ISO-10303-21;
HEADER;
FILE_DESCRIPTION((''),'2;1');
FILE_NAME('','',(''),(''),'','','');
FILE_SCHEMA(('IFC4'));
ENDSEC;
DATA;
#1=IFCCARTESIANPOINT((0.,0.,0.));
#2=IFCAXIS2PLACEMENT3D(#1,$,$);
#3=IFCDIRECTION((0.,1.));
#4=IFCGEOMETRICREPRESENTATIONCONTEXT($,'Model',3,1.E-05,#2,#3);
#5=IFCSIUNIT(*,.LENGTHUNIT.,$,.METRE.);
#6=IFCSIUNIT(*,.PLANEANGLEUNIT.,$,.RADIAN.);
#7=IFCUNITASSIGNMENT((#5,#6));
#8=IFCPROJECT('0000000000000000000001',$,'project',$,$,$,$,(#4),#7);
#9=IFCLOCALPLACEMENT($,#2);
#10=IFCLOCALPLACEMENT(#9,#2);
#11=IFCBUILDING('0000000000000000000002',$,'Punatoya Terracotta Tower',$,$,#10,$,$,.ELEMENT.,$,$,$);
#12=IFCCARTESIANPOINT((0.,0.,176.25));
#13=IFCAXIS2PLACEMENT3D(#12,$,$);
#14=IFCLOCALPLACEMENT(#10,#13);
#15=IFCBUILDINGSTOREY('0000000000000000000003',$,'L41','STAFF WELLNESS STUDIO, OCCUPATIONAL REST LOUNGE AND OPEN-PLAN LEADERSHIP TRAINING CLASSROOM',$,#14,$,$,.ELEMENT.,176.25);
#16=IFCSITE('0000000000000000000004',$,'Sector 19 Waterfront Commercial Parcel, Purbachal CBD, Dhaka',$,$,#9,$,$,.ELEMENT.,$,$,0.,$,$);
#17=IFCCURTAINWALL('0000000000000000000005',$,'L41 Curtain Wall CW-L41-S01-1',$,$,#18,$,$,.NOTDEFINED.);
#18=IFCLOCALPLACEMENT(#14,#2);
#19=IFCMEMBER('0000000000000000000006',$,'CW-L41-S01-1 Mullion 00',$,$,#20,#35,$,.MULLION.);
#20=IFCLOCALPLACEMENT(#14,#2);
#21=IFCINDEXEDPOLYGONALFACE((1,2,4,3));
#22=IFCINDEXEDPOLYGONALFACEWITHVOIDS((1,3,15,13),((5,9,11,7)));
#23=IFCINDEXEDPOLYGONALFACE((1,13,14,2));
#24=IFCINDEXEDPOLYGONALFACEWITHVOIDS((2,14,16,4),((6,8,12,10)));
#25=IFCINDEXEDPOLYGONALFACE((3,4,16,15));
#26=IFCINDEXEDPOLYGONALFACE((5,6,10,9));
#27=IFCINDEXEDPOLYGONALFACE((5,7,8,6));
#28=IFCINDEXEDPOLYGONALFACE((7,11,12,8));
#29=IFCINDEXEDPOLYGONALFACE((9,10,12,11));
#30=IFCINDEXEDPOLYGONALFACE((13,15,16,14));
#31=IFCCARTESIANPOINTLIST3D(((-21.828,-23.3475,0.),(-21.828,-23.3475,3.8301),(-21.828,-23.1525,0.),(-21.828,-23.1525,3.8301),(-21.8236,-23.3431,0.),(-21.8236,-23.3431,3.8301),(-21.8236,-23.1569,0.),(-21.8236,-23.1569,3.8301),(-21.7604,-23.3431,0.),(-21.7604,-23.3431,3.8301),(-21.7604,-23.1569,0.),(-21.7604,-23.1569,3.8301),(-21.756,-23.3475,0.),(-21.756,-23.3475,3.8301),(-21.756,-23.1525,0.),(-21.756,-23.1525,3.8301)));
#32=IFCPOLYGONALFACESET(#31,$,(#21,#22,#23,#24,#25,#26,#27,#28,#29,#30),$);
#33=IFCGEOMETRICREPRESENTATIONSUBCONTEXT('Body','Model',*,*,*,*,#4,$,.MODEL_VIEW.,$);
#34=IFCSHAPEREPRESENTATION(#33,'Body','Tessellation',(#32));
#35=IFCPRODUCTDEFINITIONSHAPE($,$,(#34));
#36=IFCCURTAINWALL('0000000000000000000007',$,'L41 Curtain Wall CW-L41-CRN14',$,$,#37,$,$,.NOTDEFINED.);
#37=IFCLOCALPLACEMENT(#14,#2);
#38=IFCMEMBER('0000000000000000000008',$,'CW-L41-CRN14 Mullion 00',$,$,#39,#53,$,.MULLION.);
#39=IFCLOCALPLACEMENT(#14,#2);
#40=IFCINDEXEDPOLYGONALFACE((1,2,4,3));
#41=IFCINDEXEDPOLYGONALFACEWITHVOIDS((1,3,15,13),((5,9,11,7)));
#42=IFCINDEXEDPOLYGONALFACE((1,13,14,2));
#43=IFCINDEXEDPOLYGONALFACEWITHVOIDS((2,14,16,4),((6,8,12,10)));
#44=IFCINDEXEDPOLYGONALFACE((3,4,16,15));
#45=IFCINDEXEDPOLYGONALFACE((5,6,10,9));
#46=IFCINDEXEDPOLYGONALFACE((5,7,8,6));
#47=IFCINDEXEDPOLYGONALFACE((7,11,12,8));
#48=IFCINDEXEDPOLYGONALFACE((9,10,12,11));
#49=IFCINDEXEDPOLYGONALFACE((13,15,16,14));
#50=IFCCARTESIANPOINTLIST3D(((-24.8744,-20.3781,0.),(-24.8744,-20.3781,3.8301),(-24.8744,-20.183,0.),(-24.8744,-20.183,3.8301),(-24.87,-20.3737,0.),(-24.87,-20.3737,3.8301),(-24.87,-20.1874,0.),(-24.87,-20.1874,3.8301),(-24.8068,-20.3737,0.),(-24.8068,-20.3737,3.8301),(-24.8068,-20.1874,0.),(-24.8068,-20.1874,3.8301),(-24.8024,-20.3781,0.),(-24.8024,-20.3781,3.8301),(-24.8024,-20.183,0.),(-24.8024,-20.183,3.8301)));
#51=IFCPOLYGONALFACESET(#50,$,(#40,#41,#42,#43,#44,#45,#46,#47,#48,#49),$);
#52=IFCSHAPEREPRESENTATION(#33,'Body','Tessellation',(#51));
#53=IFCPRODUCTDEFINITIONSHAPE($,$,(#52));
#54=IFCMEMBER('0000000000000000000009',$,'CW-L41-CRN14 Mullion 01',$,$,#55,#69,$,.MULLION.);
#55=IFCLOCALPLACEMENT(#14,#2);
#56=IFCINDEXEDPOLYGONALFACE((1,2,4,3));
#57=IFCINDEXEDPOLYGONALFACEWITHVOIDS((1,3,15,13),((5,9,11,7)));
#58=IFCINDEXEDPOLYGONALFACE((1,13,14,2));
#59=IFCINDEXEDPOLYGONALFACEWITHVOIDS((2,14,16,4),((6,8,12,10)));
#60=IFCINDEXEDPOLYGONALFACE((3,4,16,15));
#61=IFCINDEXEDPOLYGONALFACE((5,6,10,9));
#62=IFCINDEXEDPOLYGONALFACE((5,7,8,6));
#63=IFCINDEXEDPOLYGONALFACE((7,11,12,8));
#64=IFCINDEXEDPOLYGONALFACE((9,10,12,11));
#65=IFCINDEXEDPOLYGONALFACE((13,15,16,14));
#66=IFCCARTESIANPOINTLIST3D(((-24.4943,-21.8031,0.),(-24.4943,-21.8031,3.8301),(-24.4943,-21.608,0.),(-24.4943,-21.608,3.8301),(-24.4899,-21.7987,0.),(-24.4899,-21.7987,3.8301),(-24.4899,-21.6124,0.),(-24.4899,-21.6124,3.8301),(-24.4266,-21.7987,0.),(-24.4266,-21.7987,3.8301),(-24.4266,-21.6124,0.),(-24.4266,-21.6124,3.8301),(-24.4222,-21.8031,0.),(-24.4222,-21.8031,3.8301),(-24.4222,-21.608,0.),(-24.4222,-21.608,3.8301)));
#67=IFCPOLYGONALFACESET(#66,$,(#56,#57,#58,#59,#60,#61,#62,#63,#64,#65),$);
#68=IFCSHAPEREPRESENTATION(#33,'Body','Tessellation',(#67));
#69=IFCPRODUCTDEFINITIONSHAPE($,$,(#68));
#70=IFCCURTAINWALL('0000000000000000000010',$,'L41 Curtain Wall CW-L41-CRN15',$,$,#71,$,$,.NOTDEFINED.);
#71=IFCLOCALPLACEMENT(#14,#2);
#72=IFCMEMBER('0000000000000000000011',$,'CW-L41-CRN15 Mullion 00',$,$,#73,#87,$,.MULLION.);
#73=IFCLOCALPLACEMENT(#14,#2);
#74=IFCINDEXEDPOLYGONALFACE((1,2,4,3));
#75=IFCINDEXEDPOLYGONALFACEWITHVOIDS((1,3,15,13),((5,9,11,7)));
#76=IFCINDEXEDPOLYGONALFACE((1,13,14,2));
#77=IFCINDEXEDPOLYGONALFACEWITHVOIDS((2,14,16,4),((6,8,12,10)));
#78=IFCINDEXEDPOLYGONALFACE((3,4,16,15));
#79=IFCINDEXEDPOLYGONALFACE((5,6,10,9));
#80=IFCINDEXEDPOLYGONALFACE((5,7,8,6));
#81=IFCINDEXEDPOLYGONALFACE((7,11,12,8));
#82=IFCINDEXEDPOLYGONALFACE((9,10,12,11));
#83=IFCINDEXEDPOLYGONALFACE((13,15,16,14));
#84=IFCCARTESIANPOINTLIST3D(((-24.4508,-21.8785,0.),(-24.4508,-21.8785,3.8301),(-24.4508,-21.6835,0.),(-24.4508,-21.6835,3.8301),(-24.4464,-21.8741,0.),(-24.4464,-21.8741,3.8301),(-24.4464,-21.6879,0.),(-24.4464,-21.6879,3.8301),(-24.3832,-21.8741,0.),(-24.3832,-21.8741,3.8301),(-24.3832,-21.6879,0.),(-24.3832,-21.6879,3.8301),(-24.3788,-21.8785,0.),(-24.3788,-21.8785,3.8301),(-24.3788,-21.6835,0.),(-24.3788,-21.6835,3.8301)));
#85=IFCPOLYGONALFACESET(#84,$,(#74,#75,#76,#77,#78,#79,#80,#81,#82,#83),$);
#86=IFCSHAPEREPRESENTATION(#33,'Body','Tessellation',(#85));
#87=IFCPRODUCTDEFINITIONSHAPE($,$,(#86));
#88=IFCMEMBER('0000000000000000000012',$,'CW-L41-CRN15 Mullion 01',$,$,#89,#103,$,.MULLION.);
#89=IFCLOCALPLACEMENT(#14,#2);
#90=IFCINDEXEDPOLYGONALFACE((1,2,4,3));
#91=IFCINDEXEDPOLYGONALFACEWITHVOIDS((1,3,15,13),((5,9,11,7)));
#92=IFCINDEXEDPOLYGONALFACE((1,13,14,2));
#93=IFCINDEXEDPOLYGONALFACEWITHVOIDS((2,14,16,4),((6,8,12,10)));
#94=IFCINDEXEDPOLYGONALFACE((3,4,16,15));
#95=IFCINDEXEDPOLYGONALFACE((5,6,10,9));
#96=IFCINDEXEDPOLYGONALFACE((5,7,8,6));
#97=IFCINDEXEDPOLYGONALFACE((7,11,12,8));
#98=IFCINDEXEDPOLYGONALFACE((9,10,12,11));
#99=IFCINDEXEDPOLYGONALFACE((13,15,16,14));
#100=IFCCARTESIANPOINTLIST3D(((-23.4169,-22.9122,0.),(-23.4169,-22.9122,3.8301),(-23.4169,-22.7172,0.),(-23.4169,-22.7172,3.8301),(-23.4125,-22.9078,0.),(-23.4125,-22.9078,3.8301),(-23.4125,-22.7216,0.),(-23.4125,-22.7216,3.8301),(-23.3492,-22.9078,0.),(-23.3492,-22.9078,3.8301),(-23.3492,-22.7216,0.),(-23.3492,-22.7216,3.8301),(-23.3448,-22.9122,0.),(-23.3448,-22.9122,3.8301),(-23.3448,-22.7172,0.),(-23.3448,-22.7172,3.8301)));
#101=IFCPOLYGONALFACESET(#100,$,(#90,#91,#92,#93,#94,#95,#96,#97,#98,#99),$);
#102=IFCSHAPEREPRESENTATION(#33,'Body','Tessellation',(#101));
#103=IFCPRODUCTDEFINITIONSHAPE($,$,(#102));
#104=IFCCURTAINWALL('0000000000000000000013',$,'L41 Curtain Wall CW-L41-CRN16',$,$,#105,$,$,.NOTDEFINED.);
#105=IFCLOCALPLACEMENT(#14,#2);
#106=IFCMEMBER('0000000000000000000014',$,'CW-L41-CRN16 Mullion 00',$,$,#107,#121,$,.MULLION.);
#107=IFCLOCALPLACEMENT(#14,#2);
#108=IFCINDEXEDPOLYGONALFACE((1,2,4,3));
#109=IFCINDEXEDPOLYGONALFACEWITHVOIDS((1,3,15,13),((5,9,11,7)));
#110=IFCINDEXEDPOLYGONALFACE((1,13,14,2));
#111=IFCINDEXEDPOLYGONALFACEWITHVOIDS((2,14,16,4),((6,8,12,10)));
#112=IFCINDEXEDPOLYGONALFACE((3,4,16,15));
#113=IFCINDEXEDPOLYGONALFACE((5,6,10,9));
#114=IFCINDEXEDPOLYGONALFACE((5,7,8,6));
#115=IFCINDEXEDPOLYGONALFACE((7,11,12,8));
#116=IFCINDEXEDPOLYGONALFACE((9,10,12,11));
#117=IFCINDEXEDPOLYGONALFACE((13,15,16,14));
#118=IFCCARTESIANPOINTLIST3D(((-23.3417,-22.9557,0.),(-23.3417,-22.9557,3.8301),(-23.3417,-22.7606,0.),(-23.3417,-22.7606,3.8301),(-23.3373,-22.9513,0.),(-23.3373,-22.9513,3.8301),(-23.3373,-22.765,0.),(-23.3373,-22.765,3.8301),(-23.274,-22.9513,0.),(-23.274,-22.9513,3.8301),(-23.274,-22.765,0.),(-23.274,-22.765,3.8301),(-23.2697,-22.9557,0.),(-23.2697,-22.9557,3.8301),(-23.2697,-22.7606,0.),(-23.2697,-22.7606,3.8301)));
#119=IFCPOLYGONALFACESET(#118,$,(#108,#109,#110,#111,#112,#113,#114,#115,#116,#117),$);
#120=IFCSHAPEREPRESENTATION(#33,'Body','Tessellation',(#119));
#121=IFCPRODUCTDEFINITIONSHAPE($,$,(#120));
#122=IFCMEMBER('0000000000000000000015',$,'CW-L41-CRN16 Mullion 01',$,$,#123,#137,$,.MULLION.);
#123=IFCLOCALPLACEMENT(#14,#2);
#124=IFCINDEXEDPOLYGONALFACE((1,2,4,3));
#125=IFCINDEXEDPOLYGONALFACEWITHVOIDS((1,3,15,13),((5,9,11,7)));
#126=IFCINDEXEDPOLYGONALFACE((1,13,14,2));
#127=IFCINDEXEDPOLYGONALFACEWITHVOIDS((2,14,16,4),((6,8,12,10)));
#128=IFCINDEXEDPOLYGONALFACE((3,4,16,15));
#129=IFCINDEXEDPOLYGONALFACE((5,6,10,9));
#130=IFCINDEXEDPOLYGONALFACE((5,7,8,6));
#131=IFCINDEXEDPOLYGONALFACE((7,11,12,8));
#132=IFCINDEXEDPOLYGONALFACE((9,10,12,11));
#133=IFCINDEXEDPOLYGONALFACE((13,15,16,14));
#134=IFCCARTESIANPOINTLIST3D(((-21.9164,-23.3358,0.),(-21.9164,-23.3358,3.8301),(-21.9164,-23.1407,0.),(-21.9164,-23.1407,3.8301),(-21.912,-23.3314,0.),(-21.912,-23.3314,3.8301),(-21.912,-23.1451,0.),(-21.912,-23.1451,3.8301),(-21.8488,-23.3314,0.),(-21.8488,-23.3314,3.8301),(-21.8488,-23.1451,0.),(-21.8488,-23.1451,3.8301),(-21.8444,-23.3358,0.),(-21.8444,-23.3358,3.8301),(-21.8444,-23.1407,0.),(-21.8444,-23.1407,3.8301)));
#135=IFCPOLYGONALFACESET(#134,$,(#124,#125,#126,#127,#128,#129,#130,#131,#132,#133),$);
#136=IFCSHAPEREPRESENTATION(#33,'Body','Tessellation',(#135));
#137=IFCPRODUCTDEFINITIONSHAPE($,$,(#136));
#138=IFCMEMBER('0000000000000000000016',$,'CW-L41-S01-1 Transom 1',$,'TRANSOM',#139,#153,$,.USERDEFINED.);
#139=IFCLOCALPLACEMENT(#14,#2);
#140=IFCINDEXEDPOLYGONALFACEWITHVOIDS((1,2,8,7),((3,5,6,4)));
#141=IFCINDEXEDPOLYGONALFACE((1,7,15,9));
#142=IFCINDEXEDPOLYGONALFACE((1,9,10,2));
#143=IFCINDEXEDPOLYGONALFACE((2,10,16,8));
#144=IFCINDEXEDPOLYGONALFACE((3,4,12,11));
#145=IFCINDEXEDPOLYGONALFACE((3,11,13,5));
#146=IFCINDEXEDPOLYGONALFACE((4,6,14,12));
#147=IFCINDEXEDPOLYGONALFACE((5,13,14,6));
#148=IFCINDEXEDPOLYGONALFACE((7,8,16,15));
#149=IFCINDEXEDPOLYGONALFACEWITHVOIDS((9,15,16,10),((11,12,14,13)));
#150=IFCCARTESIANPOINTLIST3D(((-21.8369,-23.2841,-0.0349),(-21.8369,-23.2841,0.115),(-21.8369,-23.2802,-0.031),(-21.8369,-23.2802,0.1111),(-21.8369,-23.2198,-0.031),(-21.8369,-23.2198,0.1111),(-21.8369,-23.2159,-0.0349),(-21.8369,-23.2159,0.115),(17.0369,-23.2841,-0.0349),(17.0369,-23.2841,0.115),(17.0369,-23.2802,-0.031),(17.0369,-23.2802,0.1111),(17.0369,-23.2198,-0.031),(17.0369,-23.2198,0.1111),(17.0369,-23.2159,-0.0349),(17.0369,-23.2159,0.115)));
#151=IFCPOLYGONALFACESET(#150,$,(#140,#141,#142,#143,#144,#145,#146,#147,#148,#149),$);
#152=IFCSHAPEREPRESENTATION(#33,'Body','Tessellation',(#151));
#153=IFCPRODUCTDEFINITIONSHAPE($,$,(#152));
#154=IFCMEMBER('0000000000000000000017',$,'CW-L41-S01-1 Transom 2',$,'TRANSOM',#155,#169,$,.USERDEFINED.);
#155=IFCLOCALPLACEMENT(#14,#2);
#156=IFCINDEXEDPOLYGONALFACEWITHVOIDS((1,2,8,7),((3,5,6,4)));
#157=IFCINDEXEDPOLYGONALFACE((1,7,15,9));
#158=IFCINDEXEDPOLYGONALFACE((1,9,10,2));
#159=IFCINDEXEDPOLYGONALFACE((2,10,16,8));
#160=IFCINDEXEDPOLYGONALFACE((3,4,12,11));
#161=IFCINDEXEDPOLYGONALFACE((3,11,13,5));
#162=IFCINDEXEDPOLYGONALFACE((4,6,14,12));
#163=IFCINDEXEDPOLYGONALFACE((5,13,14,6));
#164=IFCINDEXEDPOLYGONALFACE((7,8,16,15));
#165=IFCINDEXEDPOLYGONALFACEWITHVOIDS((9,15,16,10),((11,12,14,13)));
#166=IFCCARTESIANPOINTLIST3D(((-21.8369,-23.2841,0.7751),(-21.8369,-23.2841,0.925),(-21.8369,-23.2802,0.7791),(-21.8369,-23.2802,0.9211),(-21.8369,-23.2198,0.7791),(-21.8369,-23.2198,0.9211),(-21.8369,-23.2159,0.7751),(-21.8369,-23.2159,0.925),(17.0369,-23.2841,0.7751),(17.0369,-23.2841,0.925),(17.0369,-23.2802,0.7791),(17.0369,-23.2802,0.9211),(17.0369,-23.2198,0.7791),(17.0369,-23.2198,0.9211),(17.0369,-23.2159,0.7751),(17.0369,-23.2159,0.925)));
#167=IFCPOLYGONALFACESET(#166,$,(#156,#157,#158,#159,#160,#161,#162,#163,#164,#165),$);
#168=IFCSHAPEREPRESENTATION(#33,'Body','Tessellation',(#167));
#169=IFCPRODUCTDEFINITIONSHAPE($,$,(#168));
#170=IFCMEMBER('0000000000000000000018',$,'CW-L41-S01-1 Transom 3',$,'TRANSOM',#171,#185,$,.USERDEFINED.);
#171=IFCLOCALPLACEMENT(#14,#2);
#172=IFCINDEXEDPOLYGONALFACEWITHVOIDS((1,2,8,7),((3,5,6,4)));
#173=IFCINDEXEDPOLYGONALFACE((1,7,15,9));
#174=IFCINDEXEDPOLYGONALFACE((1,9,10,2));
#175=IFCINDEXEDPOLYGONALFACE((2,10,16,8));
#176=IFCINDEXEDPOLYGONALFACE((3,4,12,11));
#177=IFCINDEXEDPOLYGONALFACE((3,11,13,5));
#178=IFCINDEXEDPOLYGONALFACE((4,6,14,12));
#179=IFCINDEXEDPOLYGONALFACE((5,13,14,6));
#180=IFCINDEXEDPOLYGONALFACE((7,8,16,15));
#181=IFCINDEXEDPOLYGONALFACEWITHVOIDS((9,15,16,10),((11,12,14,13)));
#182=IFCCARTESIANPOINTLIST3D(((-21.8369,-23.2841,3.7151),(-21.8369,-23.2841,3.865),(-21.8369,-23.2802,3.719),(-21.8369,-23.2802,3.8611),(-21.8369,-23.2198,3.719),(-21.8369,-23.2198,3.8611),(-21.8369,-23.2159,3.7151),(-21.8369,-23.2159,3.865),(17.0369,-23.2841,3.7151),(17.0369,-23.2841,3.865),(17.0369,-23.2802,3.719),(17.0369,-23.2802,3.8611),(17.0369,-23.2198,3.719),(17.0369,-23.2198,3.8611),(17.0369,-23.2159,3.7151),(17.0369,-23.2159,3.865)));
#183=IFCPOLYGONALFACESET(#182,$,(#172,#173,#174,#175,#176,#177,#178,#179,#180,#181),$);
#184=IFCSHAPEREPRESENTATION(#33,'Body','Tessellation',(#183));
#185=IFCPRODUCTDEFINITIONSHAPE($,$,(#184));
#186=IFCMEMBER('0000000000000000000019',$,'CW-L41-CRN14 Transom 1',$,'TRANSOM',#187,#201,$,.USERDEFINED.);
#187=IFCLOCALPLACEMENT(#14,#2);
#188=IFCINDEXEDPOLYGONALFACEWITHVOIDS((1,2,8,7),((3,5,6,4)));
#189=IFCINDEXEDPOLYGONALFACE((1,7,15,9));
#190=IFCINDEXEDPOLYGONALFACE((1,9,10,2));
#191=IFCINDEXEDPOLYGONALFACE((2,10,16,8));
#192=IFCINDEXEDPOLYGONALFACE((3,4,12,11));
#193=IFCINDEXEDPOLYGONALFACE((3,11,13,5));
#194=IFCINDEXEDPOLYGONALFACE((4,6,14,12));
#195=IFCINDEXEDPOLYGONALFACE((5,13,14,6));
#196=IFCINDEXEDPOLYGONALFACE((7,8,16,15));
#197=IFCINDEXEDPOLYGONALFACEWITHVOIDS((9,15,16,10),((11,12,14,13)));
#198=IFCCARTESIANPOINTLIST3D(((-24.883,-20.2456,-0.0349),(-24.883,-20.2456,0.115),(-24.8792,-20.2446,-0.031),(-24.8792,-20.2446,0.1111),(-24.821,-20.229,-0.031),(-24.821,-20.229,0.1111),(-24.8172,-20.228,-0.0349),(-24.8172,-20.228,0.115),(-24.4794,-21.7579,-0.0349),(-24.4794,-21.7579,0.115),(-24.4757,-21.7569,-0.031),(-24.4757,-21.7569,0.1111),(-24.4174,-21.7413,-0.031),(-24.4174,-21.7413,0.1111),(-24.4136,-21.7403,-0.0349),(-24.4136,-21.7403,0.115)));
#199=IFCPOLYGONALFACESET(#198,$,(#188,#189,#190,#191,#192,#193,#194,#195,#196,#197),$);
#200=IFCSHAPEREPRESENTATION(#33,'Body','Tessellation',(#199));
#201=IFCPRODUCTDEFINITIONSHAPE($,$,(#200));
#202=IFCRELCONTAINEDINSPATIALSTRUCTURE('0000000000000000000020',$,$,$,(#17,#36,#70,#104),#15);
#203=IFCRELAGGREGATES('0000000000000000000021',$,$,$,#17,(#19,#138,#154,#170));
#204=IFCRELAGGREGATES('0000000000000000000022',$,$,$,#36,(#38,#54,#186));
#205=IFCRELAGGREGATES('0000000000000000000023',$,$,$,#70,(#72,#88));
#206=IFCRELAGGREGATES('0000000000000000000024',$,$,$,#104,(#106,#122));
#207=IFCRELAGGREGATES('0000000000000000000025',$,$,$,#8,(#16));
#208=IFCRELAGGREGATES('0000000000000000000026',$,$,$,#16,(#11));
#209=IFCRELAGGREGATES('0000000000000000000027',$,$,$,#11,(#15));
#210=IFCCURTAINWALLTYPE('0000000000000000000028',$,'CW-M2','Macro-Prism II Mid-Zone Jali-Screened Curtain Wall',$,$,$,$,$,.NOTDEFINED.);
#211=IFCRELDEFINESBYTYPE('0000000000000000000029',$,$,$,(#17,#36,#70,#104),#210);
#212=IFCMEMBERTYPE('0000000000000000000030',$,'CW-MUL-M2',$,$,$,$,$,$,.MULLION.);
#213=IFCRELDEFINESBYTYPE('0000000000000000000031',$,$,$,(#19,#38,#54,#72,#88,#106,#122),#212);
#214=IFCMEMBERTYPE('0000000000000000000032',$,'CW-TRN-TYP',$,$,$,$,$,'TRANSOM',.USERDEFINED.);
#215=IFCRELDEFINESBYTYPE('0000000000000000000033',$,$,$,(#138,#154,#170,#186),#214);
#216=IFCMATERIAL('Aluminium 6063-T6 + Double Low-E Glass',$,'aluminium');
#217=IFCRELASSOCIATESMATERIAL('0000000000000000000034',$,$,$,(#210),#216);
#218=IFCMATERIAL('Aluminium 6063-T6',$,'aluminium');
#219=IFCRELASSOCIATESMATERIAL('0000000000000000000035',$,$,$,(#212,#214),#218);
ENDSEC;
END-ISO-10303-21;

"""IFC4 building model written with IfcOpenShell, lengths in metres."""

from ifc_helpers import new_model, si_unit, direction, frame, origin, origin_2d, place, context, subcontext, project, spatial, hollow_rectangle, extrude, material, material_profile, profile_set, type_object, element, aggregate, save


model = new_model("IFC4")

# Units and contexts
model_context = context("Model", 3, precision=1e-05, world=origin(), true_north=direction((0.0, 1.0)))
body_context = subcontext(model_context, "Body", "Model", "MODEL_VIEW")
ifc_project = project(units=[si_unit("LENGTHUNIT", "METRE"), si_unit("PLANEANGLEUNIT", "RADIAN")], contexts=[model_context])

# Site, building, storey
site_placement = place(None, origin())
site = spatial("IfcSite", under=ifc_project, at=site_placement, Name="Sector 19 Waterfront Commercial Parcel, Purbachal CBD, Dhaka", CompositionType="ELEMENT", RefElevation=0.0)
building_placement = place(site_placement, origin())
building = spatial("IfcBuilding", under=site, at=building_placement, Name="Punatoya Terracotta Tower", CompositionType="ELEMENT")
storey_placement = place(building_placement, frame((0.0, 0.0, 176.25)))
storey = spatial("IfcBuildingStorey", under=building, at=storey_placement, Name="L41", Description="STAFF WELLNESS STUDIO, OCCUPATIONAL REST LOUNGE AND OPEN-PLAN LEADERSHIP TRAINING CLASSROOM", CompositionType="ELEMENT", Elevation=176.25)

# Curtain wall, member
ifc_material_1 = material(Name="Aluminium 6063-T6 + Double Low-E Glass", Category="aluminium")
curtain_wall_type = type_object("IfcCurtainWallType", Name="CW-M2", Description="Macro-Prism II Mid-Zone Jali-Screened Curtain Wall", PredefinedType="NOTDEFINED", material=ifc_material_1)
curtain_wall_1_placement = place(storey_placement, origin())
curtain_wall_1 = element("IfcCurtainWall", 1, at=curtain_wall_1_placement, inside=storey, type_object=curtain_wall_type, Name="L41 Curtain Wall CW-L41-S01-1", PredefinedType="NOTDEFINED")
ifc_material_2 = material(Name="Aluminium 6063-T6", Category="aluminium")
ifc_material_profile_1 = material_profile(ifc_material_2, hollow_rectangle(XDim=0.072, YDim=0.1951, WallThickness=0.0044, at=origin_2d()))
ifc_profile_set_1 = profile_set([ifc_material_profile_1], Name="Aluminium 6063-T6")
member_type_1 = type_object("IfcMemberType", Name="CW-MUL-M2", PredefinedType="MULLION", material=ifc_profile_set_1)
member_1_placement = place(storey_placement, frame((-21.792, -23.25, 0.0), z_axis=(0.0, 0.0, 1.0), x_axis=(1.0, 0.0, 0.0)))
member_1 = element("IfcMember", 2, at=member_1_placement, type_object=member_type_1, Name="CW-L41-S01-1 Mullion 00", PredefinedType="MULLION", context=body_context, shape_type="SweptSolid", body=[
    extrude(hollow_rectangle(XDim=0.072, YDim=0.1951, WallThickness=0.0044, at=origin_2d()), origin(), (0.0, 0.0, 1.0), 3.8301),
])

# Curtain walls, members
curtain_wall_2_placement = place(storey_placement, origin())
curtain_wall_2 = element("IfcCurtainWall", 3, at=curtain_wall_2_placement, inside=storey, type_object=curtain_wall_type, Name="L41 Curtain Wall CW-L41-CRN14", PredefinedType="NOTDEFINED")
member_2_placement = place(storey_placement, frame((-24.8384, -20.2805, 0.0), z_axis=(0.0, 0.0, 1.0), x_axis=(1.0, 0.0, 0.0)))
member_2 = element("IfcMember", 4, at=member_2_placement, type_object=member_type_1, Name="CW-L41-CRN14 Mullion 00", PredefinedType="MULLION", context=body_context, shape_type="SweptSolid", body=[
    extrude(hollow_rectangle(XDim=0.072, YDim=0.1951, WallThickness=0.0044, at=origin_2d()), origin(), (0.0, 0.0, 1.0), 3.8301),
])
member_3_placement = place(storey_placement, frame((-24.4583, -21.7056, 0.0), z_axis=(0.0, 0.0, 1.0), x_axis=(1.0, 0.0, 0.0)))
member_3 = element("IfcMember", 5, at=member_3_placement, type_object=member_type_1, Name="CW-L41-CRN14 Mullion 01", PredefinedType="MULLION", context=body_context, shape_type="SweptSolid", body=[
    extrude(hollow_rectangle(XDim=0.072, YDim=0.1951, WallThickness=0.0044, at=origin_2d()), origin(), (0.0, 0.0, 1.0), 3.8301),
])
curtain_wall_3_placement = place(storey_placement, origin())
curtain_wall_3 = element("IfcCurtainWall", 6, at=curtain_wall_3_placement, inside=storey, type_object=curtain_wall_type, Name="L41 Curtain Wall CW-L41-CRN15", PredefinedType="NOTDEFINED")
member_4_placement = place(storey_placement, frame((-24.4148, -21.781, 0.0), z_axis=(0.0, 0.0, 1.0), x_axis=(1.0, 0.0, 0.0)))
member_4 = element("IfcMember", 7, at=member_4_placement, type_object=member_type_1, Name="CW-L41-CRN15 Mullion 00", PredefinedType="MULLION", context=body_context, shape_type="SweptSolid", body=[
    extrude(hollow_rectangle(XDim=0.072, YDim=0.1951, WallThickness=0.0044, at=origin_2d()), origin(), (0.0, 0.0, 1.0), 3.8301),
])
member_5_placement = place(storey_placement, frame((-23.3809, -22.8147, 0.0), z_axis=(0.0, 0.0, 1.0), x_axis=(1.0, 0.0, 0.0)))
member_5 = element("IfcMember", 8, at=member_5_placement, type_object=member_type_1, Name="CW-L41-CRN15 Mullion 01", PredefinedType="MULLION", context=body_context, shape_type="SweptSolid", body=[
    extrude(hollow_rectangle(XDim=0.072, YDim=0.1951, WallThickness=0.0044, at=origin_2d()), origin(), (0.0, 0.0, 1.0), 3.8301),
])
curtain_wall_4_placement = place(storey_placement, origin())
curtain_wall_4 = element("IfcCurtainWall", 9, at=curtain_wall_4_placement, inside=storey, type_object=curtain_wall_type, Name="L41 Curtain Wall CW-L41-CRN16", PredefinedType="NOTDEFINED")
member_6_placement = place(storey_placement, frame((-23.3057, -22.8582, 0.0), z_axis=(0.0, 0.0, 1.0), x_axis=(1.0, 0.0, 0.0)))
member_6 = element("IfcMember", 10, at=member_6_placement, type_object=member_type_1, Name="CW-L41-CRN16 Mullion 00", PredefinedType="MULLION", context=body_context, shape_type="SweptSolid", body=[
    extrude(hollow_rectangle(XDim=0.072, YDim=0.1951, WallThickness=0.0044, at=origin_2d()), origin(), (0.0, 0.0, 1.0), 3.8301),
])
member_7_placement = place(storey_placement, frame((-21.8804, -23.2383, 0.0), z_axis=(0.0, 0.0, 1.0), x_axis=(1.0, 0.0, 0.0)))
member_7 = element("IfcMember", 11, at=member_7_placement, type_object=member_type_1, Name="CW-L41-CRN16 Mullion 01", PredefinedType="MULLION", context=body_context, shape_type="SweptSolid", body=[
    extrude(hollow_rectangle(XDim=0.072, YDim=0.1951, WallThickness=0.0044, at=origin_2d()), origin(), (0.0, 0.0, 1.0), 3.8301),
])

# Members
ifc_material_profile_2 = material_profile(ifc_material_2, hollow_rectangle(XDim=0.0681, YDim=0.1499, WallThickness=0.0039, at=origin_2d()))
ifc_profile_set_2 = profile_set([ifc_material_profile_2], Name="Aluminium 6063-T6")
member_type_2 = type_object("IfcMemberType", Name="CW-TRN-TYP", ElementType="TRANSOM", PredefinedType="USERDEFINED", material=ifc_profile_set_2)
member_8_placement = place(storey_placement, frame((-21.8369, -23.25, 0.04), z_axis=(1.0, 0.0, 0.0), x_axis=(0.0, 1.0, 0.0)))
member_8 = element("IfcMember", 12, at=member_8_placement, type_object=member_type_2, Name="CW-L41-S01-1 Transom 1", ObjectType="TRANSOM", PredefinedType="USERDEFINED", context=body_context, shape_type="SweptSolid", body=[
    extrude(hollow_rectangle(XDim=0.0681, YDim=0.1499, WallThickness=0.0039, at=origin_2d()), origin(), (0.0, 0.0, 1.0), 38.8738),
])
member_9_placement = place(storey_placement, frame((-21.8369, -23.25, 0.8501), z_axis=(1.0, 0.0, 0.0), x_axis=(0.0, 1.0, 0.0)))
member_9 = element("IfcMember", 13, at=member_9_placement, type_object=member_type_2, Name="CW-L41-S01-1 Transom 2", ObjectType="TRANSOM", PredefinedType="USERDEFINED", context=body_context, shape_type="SweptSolid", body=[
    extrude(hollow_rectangle(XDim=0.0681, YDim=0.1499, WallThickness=0.0039, at=origin_2d()), origin(), (0.0, 0.0, 1.0), 38.8738),
])
member_10_placement = place(storey_placement, frame((-21.8369, -23.25, 3.79), z_axis=(1.0, 0.0, 0.0), x_axis=(0.0, 1.0, 0.0)))
member_10 = element("IfcMember", 14, at=member_10_placement, type_object=member_type_2, Name="CW-L41-S01-1 Transom 3", ObjectType="TRANSOM", PredefinedType="USERDEFINED", context=body_context, shape_type="SweptSolid", body=[
    extrude(hollow_rectangle(XDim=0.0681, YDim=0.1499, WallThickness=0.0039, at=origin_2d()), origin(), (0.0, 0.0, 1.0), 38.8738),
])
member_11_placement = place(storey_placement, frame((-24.8501, -20.2368, 0.04), z_axis=(0.257847, -0.966186, 0.0), x_axis=(0.966186, 0.257847, 0.0)))
member_11 = element("IfcMember", 15, at=member_11_placement, type_object=member_type_2, Name="CW-L41-CRN14 Transom 1", ObjectType="TRANSOM", PredefinedType="USERDEFINED", context=body_context, shape_type="SweptSolid", body=[
    extrude(hollow_rectangle(XDim=0.0681, YDim=0.1499, WallThickness=0.0039, at=origin_2d()), origin(), (0.0, 0.0, 1.0), 1.5652),
])

aggregate(curtain_wall_1, [member_1, member_8, member_9, member_10])
aggregate(curtain_wall_2, [member_2, member_3, member_11])
aggregate(curtain_wall_3, [member_4, member_5])
aggregate(curtain_wall_4, [member_6, member_7])

save(model, "model.ifc")
